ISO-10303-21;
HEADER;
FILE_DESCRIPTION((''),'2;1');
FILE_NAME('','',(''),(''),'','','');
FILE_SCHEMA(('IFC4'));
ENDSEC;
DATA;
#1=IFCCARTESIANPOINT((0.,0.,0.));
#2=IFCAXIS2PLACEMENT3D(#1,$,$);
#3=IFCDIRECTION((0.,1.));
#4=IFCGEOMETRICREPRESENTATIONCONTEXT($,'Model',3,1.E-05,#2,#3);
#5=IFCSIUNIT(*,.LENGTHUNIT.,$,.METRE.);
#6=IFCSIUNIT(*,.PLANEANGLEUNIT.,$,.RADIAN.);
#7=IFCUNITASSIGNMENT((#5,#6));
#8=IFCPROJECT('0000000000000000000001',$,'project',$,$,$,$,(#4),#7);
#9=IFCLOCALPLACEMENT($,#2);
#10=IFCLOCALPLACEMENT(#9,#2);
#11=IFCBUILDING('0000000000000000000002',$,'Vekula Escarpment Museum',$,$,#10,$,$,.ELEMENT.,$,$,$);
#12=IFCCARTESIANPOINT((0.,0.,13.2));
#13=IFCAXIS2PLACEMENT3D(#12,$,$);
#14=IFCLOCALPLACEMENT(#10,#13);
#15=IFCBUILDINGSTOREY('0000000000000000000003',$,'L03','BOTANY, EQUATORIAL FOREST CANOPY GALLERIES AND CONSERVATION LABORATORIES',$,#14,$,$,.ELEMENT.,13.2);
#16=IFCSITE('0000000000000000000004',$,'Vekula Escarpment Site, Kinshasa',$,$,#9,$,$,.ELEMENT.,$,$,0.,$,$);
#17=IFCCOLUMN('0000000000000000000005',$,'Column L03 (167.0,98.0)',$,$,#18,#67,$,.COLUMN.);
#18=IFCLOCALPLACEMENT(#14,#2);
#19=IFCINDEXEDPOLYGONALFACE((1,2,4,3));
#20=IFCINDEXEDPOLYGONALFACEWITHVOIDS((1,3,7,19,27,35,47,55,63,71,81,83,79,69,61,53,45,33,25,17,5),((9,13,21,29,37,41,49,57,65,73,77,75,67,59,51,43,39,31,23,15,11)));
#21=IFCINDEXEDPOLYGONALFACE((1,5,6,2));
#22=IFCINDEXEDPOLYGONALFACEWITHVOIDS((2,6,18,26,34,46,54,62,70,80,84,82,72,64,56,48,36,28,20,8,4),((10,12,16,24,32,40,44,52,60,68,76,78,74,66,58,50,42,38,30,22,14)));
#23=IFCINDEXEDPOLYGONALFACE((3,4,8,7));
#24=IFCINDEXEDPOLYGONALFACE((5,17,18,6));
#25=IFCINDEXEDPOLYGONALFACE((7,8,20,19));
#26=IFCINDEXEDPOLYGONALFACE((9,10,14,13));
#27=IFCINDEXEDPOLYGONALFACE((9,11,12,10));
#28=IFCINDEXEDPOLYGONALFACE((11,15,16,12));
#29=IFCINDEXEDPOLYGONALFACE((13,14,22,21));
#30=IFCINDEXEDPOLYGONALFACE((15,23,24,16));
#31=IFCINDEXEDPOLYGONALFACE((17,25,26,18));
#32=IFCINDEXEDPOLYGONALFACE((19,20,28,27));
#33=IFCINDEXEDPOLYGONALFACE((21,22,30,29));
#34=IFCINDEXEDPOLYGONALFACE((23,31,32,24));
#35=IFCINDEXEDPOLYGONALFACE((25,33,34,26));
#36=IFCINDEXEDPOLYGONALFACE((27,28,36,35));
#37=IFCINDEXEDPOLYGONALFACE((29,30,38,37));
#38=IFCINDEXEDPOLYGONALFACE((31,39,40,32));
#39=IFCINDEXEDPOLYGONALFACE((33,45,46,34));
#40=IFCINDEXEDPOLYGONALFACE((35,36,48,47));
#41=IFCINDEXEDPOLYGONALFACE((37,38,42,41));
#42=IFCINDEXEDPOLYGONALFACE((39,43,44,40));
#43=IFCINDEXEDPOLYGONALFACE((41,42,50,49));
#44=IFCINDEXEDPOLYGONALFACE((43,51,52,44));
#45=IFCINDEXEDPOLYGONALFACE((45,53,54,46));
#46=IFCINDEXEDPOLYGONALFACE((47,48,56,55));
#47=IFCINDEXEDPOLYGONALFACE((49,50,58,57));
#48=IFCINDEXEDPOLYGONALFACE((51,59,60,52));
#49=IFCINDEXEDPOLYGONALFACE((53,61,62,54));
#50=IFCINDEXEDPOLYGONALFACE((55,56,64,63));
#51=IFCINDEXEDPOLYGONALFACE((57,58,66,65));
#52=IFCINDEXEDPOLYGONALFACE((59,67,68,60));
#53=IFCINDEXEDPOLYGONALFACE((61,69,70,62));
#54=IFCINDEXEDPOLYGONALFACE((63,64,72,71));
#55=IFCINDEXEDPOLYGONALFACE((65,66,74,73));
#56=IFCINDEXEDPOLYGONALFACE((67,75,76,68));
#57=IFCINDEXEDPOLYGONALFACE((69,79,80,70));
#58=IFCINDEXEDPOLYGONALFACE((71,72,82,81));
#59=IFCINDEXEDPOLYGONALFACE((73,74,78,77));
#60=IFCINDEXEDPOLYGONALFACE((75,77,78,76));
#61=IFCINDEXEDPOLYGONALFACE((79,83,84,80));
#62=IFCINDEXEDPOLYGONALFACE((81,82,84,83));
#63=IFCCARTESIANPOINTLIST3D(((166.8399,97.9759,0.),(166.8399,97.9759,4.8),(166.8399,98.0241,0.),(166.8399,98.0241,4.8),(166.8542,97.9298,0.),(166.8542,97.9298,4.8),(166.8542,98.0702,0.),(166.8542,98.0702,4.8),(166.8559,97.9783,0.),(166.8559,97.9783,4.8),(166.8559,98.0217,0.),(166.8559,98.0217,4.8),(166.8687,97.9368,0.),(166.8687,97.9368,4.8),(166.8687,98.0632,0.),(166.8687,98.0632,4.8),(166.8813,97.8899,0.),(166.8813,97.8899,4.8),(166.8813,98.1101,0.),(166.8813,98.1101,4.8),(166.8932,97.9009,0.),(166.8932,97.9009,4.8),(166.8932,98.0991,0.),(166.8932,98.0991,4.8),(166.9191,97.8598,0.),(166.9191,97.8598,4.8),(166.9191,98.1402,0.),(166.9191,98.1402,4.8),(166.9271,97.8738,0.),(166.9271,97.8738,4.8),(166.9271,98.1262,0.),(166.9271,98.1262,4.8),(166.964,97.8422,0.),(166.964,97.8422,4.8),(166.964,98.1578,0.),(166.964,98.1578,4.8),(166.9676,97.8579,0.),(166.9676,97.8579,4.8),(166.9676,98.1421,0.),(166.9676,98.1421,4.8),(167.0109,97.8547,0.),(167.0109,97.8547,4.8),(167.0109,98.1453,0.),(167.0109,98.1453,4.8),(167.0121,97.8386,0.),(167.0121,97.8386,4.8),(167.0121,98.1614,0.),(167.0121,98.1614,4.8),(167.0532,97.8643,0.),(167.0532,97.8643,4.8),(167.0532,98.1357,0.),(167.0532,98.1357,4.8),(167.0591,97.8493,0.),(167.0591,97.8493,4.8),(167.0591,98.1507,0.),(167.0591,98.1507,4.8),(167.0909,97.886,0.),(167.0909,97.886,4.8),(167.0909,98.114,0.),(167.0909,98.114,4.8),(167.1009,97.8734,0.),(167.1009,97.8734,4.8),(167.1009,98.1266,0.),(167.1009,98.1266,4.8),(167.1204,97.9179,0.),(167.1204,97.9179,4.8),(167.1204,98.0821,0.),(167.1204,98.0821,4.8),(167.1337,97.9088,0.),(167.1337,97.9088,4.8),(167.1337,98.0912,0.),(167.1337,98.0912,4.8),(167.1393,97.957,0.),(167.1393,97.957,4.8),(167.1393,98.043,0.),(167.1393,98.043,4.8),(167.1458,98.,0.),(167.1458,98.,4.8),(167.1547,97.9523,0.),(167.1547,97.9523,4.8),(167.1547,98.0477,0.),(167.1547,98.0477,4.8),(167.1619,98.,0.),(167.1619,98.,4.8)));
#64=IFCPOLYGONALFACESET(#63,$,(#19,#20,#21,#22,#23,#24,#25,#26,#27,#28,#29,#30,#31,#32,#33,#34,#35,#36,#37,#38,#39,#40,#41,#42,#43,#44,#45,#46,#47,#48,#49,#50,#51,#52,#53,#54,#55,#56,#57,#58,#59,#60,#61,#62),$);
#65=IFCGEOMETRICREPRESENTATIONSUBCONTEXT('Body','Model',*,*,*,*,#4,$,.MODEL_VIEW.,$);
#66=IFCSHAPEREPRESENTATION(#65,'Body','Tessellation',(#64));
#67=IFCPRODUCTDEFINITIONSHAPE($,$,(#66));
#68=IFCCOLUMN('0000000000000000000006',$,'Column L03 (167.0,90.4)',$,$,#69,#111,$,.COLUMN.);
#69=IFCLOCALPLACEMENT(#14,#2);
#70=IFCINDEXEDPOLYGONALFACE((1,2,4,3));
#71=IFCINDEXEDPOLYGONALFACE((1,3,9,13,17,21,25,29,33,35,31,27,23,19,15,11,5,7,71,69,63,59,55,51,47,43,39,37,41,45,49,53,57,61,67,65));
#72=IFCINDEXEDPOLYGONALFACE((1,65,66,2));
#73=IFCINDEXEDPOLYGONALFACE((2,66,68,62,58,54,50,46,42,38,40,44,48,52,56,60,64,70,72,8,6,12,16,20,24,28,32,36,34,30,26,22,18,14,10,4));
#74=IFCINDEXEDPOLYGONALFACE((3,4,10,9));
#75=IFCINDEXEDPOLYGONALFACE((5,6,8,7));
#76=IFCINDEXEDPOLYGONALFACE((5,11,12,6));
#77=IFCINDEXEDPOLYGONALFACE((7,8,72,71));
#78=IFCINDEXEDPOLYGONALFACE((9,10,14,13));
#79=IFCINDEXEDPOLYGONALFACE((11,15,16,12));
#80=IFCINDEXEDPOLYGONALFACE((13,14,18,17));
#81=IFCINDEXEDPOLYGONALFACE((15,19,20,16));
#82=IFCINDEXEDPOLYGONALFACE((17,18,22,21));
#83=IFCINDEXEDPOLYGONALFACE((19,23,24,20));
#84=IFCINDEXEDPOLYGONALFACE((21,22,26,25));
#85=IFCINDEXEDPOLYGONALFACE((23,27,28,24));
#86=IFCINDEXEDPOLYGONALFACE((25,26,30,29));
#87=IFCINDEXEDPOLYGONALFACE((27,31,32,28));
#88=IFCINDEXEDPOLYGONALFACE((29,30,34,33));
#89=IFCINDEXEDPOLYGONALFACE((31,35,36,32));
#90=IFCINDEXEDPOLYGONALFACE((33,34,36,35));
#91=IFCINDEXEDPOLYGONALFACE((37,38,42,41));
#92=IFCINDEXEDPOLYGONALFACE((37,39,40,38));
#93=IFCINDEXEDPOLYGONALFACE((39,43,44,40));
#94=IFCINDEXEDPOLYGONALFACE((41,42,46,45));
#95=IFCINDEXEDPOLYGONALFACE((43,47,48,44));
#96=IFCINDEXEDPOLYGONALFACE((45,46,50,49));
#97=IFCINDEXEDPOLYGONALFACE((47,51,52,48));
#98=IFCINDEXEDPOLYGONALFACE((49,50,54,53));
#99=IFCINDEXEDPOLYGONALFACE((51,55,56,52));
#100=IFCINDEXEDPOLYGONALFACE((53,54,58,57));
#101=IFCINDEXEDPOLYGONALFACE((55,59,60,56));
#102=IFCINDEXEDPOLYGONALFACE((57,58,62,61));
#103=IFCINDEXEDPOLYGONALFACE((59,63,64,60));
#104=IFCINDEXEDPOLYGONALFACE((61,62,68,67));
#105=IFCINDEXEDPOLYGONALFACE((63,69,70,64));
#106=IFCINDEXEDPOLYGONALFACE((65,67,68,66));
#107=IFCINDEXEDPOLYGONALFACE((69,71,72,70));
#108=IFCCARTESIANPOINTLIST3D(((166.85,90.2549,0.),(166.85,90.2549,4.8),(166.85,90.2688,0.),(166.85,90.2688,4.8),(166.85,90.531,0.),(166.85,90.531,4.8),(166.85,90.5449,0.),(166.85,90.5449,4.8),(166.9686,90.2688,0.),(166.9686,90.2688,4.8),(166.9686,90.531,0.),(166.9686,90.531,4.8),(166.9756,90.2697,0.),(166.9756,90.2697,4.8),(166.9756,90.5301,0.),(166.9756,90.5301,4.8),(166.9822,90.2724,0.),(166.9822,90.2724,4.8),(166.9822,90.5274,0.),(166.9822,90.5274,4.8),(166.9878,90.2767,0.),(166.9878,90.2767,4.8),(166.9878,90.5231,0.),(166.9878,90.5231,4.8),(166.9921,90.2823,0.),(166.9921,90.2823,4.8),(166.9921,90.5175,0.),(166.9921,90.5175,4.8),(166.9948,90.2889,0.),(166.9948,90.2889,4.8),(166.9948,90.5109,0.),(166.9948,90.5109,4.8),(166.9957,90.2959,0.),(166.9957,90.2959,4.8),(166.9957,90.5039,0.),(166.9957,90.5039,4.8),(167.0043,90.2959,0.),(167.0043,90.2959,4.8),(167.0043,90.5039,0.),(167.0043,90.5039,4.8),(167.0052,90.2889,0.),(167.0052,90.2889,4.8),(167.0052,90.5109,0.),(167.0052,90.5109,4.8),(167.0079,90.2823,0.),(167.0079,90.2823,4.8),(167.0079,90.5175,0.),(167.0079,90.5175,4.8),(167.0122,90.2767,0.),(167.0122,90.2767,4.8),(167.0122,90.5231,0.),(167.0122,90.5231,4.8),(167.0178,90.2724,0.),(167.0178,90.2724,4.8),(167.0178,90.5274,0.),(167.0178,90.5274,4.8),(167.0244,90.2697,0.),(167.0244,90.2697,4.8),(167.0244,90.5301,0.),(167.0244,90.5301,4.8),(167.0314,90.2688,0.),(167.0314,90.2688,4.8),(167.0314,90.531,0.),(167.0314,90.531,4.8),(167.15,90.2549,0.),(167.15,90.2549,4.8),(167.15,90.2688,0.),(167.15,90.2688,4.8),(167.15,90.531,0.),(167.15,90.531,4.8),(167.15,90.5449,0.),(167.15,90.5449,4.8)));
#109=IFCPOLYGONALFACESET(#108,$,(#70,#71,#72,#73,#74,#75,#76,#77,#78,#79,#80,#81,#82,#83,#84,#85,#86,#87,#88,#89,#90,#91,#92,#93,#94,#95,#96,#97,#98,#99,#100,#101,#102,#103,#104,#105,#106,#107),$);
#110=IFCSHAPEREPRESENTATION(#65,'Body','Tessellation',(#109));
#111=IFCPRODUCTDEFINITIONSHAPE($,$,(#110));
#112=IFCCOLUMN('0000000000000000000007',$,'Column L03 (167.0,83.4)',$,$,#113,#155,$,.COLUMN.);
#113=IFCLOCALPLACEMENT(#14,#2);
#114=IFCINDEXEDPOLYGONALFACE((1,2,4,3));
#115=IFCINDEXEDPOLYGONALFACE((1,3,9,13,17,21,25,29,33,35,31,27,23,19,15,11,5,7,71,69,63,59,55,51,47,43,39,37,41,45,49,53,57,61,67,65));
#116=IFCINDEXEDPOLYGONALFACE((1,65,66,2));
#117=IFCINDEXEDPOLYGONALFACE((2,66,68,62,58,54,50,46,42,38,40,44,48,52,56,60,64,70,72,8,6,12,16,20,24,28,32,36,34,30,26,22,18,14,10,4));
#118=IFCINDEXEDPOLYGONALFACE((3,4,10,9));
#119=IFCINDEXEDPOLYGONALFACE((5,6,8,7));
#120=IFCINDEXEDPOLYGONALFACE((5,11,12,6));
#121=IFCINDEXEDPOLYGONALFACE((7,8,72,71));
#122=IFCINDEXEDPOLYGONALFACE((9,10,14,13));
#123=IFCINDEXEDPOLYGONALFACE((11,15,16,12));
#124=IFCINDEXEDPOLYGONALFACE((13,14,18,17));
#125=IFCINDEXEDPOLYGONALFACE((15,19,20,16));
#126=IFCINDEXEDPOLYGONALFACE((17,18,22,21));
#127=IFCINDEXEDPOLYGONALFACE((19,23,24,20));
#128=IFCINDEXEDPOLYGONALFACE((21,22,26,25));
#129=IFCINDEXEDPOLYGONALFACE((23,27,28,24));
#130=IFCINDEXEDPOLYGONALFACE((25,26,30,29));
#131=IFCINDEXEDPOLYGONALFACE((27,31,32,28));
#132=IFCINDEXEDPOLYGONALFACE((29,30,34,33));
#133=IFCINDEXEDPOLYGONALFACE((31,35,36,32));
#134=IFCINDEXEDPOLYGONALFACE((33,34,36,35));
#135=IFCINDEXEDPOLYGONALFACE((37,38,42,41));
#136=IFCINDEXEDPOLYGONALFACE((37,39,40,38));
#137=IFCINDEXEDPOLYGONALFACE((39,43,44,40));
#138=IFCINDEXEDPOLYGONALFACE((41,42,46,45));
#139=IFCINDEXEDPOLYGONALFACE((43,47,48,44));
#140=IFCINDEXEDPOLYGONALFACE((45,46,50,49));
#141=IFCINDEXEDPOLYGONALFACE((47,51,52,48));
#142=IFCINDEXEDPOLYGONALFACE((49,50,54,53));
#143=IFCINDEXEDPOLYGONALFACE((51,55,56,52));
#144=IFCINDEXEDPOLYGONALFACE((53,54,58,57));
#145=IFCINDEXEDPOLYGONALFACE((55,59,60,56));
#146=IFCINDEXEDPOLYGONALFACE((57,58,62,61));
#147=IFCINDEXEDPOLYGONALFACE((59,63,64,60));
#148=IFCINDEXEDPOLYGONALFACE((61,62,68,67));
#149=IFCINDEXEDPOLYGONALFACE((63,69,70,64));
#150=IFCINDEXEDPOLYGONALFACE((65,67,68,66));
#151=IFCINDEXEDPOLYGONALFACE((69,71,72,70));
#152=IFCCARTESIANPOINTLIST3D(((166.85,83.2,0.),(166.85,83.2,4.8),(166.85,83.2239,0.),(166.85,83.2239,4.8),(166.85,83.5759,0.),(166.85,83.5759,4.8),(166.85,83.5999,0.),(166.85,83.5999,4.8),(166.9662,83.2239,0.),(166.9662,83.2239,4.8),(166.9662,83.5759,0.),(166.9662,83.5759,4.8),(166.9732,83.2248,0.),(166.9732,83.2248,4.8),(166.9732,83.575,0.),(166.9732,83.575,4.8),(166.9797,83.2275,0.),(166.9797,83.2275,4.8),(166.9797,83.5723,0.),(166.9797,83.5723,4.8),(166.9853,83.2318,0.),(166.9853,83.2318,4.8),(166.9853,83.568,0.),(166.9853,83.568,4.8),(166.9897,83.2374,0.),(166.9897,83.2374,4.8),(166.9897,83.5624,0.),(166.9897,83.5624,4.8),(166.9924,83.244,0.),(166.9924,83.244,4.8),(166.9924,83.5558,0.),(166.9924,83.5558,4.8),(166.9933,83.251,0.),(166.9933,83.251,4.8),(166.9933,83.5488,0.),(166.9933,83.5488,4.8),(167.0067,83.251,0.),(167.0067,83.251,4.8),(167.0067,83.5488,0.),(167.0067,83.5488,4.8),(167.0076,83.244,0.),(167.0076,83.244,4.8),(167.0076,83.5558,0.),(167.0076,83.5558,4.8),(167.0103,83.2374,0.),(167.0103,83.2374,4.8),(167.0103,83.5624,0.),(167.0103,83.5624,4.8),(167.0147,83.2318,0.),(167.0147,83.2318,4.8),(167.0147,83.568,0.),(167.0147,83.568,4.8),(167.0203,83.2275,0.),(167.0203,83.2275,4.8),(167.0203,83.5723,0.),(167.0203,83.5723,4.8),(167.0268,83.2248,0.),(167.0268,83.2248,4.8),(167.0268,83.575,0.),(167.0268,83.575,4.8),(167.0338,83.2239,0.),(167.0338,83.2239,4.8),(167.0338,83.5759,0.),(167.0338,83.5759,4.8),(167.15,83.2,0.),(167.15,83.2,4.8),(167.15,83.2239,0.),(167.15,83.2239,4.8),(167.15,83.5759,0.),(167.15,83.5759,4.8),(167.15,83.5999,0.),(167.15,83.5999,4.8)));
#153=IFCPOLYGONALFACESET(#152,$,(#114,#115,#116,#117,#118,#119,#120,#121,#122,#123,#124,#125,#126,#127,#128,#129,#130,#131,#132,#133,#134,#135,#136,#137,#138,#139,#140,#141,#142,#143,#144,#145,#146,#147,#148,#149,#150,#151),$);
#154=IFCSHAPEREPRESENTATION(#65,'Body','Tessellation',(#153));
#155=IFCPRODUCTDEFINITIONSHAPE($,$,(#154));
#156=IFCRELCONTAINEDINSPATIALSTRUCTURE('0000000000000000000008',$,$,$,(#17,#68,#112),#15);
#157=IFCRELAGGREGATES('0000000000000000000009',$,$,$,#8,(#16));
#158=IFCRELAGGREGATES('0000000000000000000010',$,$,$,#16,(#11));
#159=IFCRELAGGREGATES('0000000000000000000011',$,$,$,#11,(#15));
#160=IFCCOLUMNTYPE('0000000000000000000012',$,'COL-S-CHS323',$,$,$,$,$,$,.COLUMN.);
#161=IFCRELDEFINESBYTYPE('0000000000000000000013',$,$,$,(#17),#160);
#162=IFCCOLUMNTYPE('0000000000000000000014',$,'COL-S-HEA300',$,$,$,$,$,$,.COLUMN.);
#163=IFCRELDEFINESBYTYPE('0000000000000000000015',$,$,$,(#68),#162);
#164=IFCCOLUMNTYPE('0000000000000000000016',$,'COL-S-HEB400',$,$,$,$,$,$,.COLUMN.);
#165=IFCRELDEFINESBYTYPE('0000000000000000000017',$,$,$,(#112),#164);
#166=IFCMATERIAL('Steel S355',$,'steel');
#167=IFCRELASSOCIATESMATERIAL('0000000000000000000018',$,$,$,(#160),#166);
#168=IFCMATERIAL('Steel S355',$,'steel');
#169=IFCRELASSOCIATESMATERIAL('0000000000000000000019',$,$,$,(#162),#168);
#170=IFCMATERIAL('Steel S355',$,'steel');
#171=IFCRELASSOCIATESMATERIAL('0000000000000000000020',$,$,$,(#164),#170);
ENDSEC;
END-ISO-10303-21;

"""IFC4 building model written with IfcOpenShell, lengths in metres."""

from ifc_helpers import new_model, si_unit, direction, frame, origin, origin_2d, place, context, subcontext, project, spatial, hollow_circle, i_section, extrude, material, material_profile, profile_set, type_object, element, save


model = new_model("IFC4")

# Units and contexts
model_context = context("Model", 3, precision=1e-05, world=origin(), true_north=direction((0.0, 1.0)))
body_context = subcontext(model_context, "Body", "Model", "MODEL_VIEW")
ifc_project = project(units=[si_unit("LENGTHUNIT", "METRE"), si_unit("PLANEANGLEUNIT", "RADIAN")], contexts=[model_context])

# Site, building, storey
site_placement = place(None, origin())
site = spatial("IfcSite", under=ifc_project, at=site_placement, Name="Vekula Escarpment Site, Kinshasa", CompositionType="ELEMENT", RefElevation=0.0)
building_placement = place(site_placement, origin())
building = spatial("IfcBuilding", under=site, at=building_placement, Name="Vekula Escarpment Museum", CompositionType="ELEMENT")
storey_placement = place(building_placement, frame((0.0, 0.0, 13.2)))
storey = spatial("IfcBuildingStorey", under=building, at=storey_placement, Name="L03", Description="BOTANY, EQUATORIAL FOREST CANOPY GALLERIES AND CONSERVATION LABORATORIES", CompositionType="ELEMENT", Elevation=13.2)

# Columns
ifc_material_1 = material(Name="Steel S355", Category="steel")
ifc_material_profile_1 = material_profile(ifc_material_1, hollow_circle(Radius=0.1619, WallThickness=0.0161, at=origin_2d()), Name="CHS 323.9x16")
ifc_profile_set_1 = profile_set([ifc_material_profile_1], Name="Steel S355")
column_type_1 = type_object("IfcColumnType", Name="COL-S-CHS323", PredefinedType="COLUMN", material=ifc_profile_set_1)
column_1_placement = place(storey_placement, frame((167.0, 98.0, 0.0), z_axis=(0.0, 0.0, 1.0), x_axis=(1.0, 0.0, 0.0)))
element("IfcColumn", 1, at=column_1_placement, inside=storey, type_object=column_type_1, Name="Column L03 (167.0,98.0)", PredefinedType="COLUMN", context=body_context, shape_type="SweptSolid", body=[
    extrude(hollow_circle(Radius=0.1619, WallThickness=0.0161, at=origin_2d()), origin(), (0.0, 0.0, 1.0), 4.8),
])
ifc_material_2 = material(Name="Steel S355", Category="steel")
ifc_material_profile_2 = material_profile(ifc_material_2, i_section(OverallWidth=0.3, OverallDepth=0.29, WebThickness=0.0085, FlangeThickness=0.0139, FilletRadius=0.0271, at=origin_2d()), Name="HEA 300")
ifc_profile_set_2 = profile_set([ifc_material_profile_2], Name="Steel S355")
column_type_2 = type_object("IfcColumnType", Name="COL-S-HEA300", PredefinedType="COLUMN", material=ifc_profile_set_2)
column_2_placement = place(storey_placement, frame((167.0, 90.3999, 0.0), z_axis=(0.0, 0.0, 1.0), x_axis=(1.0, 0.0, 0.0)))
element("IfcColumn", 2, at=column_2_placement, inside=storey, type_object=column_type_2, Name="Column L03 (167.0,90.4)", PredefinedType="COLUMN", context=body_context, shape_type="SweptSolid", body=[
    extrude(i_section(OverallWidth=0.3, OverallDepth=0.29, WebThickness=0.0085, FlangeThickness=0.0139, FilletRadius=0.0271, at=origin_2d()), origin(), (0.0, 0.0, 1.0), 4.8),
])
ifc_material_3 = material(Name="Steel S355", Category="steel")
ifc_material_profile_3 = material_profile(ifc_material_3, i_section(OverallWidth=0.3, OverallDepth=0.3999, WebThickness=0.0134, FlangeThickness=0.0239, FilletRadius=0.0271, at=origin_2d()), Name="HEB 400")
ifc_profile_set_3 = profile_set([ifc_material_profile_3], Name="Steel S355")
column_type_3 = type_object("IfcColumnType", Name="COL-S-HEB400", PredefinedType="COLUMN", material=ifc_profile_set_3)
column_3_placement = place(storey_placement, frame((167.0, 83.3999, 0.0), z_axis=(0.0, 0.0, 1.0), x_axis=(1.0, 0.0, 0.0)))
element("IfcColumn", 3, at=column_3_placement, inside=storey, type_object=column_type_3, Name="Column L03 (167.0,83.4)", PredefinedType="COLUMN", context=body_context, shape_type="SweptSolid", body=[
    extrude(i_section(OverallWidth=0.3, OverallDepth=0.3999, WebThickness=0.0134, FlangeThickness=0.0239, FilletRadius=0.0271, at=origin_2d()), origin(), (0.0, 0.0, 1.0), 4.8),
])

save(model, "model.ifc")
